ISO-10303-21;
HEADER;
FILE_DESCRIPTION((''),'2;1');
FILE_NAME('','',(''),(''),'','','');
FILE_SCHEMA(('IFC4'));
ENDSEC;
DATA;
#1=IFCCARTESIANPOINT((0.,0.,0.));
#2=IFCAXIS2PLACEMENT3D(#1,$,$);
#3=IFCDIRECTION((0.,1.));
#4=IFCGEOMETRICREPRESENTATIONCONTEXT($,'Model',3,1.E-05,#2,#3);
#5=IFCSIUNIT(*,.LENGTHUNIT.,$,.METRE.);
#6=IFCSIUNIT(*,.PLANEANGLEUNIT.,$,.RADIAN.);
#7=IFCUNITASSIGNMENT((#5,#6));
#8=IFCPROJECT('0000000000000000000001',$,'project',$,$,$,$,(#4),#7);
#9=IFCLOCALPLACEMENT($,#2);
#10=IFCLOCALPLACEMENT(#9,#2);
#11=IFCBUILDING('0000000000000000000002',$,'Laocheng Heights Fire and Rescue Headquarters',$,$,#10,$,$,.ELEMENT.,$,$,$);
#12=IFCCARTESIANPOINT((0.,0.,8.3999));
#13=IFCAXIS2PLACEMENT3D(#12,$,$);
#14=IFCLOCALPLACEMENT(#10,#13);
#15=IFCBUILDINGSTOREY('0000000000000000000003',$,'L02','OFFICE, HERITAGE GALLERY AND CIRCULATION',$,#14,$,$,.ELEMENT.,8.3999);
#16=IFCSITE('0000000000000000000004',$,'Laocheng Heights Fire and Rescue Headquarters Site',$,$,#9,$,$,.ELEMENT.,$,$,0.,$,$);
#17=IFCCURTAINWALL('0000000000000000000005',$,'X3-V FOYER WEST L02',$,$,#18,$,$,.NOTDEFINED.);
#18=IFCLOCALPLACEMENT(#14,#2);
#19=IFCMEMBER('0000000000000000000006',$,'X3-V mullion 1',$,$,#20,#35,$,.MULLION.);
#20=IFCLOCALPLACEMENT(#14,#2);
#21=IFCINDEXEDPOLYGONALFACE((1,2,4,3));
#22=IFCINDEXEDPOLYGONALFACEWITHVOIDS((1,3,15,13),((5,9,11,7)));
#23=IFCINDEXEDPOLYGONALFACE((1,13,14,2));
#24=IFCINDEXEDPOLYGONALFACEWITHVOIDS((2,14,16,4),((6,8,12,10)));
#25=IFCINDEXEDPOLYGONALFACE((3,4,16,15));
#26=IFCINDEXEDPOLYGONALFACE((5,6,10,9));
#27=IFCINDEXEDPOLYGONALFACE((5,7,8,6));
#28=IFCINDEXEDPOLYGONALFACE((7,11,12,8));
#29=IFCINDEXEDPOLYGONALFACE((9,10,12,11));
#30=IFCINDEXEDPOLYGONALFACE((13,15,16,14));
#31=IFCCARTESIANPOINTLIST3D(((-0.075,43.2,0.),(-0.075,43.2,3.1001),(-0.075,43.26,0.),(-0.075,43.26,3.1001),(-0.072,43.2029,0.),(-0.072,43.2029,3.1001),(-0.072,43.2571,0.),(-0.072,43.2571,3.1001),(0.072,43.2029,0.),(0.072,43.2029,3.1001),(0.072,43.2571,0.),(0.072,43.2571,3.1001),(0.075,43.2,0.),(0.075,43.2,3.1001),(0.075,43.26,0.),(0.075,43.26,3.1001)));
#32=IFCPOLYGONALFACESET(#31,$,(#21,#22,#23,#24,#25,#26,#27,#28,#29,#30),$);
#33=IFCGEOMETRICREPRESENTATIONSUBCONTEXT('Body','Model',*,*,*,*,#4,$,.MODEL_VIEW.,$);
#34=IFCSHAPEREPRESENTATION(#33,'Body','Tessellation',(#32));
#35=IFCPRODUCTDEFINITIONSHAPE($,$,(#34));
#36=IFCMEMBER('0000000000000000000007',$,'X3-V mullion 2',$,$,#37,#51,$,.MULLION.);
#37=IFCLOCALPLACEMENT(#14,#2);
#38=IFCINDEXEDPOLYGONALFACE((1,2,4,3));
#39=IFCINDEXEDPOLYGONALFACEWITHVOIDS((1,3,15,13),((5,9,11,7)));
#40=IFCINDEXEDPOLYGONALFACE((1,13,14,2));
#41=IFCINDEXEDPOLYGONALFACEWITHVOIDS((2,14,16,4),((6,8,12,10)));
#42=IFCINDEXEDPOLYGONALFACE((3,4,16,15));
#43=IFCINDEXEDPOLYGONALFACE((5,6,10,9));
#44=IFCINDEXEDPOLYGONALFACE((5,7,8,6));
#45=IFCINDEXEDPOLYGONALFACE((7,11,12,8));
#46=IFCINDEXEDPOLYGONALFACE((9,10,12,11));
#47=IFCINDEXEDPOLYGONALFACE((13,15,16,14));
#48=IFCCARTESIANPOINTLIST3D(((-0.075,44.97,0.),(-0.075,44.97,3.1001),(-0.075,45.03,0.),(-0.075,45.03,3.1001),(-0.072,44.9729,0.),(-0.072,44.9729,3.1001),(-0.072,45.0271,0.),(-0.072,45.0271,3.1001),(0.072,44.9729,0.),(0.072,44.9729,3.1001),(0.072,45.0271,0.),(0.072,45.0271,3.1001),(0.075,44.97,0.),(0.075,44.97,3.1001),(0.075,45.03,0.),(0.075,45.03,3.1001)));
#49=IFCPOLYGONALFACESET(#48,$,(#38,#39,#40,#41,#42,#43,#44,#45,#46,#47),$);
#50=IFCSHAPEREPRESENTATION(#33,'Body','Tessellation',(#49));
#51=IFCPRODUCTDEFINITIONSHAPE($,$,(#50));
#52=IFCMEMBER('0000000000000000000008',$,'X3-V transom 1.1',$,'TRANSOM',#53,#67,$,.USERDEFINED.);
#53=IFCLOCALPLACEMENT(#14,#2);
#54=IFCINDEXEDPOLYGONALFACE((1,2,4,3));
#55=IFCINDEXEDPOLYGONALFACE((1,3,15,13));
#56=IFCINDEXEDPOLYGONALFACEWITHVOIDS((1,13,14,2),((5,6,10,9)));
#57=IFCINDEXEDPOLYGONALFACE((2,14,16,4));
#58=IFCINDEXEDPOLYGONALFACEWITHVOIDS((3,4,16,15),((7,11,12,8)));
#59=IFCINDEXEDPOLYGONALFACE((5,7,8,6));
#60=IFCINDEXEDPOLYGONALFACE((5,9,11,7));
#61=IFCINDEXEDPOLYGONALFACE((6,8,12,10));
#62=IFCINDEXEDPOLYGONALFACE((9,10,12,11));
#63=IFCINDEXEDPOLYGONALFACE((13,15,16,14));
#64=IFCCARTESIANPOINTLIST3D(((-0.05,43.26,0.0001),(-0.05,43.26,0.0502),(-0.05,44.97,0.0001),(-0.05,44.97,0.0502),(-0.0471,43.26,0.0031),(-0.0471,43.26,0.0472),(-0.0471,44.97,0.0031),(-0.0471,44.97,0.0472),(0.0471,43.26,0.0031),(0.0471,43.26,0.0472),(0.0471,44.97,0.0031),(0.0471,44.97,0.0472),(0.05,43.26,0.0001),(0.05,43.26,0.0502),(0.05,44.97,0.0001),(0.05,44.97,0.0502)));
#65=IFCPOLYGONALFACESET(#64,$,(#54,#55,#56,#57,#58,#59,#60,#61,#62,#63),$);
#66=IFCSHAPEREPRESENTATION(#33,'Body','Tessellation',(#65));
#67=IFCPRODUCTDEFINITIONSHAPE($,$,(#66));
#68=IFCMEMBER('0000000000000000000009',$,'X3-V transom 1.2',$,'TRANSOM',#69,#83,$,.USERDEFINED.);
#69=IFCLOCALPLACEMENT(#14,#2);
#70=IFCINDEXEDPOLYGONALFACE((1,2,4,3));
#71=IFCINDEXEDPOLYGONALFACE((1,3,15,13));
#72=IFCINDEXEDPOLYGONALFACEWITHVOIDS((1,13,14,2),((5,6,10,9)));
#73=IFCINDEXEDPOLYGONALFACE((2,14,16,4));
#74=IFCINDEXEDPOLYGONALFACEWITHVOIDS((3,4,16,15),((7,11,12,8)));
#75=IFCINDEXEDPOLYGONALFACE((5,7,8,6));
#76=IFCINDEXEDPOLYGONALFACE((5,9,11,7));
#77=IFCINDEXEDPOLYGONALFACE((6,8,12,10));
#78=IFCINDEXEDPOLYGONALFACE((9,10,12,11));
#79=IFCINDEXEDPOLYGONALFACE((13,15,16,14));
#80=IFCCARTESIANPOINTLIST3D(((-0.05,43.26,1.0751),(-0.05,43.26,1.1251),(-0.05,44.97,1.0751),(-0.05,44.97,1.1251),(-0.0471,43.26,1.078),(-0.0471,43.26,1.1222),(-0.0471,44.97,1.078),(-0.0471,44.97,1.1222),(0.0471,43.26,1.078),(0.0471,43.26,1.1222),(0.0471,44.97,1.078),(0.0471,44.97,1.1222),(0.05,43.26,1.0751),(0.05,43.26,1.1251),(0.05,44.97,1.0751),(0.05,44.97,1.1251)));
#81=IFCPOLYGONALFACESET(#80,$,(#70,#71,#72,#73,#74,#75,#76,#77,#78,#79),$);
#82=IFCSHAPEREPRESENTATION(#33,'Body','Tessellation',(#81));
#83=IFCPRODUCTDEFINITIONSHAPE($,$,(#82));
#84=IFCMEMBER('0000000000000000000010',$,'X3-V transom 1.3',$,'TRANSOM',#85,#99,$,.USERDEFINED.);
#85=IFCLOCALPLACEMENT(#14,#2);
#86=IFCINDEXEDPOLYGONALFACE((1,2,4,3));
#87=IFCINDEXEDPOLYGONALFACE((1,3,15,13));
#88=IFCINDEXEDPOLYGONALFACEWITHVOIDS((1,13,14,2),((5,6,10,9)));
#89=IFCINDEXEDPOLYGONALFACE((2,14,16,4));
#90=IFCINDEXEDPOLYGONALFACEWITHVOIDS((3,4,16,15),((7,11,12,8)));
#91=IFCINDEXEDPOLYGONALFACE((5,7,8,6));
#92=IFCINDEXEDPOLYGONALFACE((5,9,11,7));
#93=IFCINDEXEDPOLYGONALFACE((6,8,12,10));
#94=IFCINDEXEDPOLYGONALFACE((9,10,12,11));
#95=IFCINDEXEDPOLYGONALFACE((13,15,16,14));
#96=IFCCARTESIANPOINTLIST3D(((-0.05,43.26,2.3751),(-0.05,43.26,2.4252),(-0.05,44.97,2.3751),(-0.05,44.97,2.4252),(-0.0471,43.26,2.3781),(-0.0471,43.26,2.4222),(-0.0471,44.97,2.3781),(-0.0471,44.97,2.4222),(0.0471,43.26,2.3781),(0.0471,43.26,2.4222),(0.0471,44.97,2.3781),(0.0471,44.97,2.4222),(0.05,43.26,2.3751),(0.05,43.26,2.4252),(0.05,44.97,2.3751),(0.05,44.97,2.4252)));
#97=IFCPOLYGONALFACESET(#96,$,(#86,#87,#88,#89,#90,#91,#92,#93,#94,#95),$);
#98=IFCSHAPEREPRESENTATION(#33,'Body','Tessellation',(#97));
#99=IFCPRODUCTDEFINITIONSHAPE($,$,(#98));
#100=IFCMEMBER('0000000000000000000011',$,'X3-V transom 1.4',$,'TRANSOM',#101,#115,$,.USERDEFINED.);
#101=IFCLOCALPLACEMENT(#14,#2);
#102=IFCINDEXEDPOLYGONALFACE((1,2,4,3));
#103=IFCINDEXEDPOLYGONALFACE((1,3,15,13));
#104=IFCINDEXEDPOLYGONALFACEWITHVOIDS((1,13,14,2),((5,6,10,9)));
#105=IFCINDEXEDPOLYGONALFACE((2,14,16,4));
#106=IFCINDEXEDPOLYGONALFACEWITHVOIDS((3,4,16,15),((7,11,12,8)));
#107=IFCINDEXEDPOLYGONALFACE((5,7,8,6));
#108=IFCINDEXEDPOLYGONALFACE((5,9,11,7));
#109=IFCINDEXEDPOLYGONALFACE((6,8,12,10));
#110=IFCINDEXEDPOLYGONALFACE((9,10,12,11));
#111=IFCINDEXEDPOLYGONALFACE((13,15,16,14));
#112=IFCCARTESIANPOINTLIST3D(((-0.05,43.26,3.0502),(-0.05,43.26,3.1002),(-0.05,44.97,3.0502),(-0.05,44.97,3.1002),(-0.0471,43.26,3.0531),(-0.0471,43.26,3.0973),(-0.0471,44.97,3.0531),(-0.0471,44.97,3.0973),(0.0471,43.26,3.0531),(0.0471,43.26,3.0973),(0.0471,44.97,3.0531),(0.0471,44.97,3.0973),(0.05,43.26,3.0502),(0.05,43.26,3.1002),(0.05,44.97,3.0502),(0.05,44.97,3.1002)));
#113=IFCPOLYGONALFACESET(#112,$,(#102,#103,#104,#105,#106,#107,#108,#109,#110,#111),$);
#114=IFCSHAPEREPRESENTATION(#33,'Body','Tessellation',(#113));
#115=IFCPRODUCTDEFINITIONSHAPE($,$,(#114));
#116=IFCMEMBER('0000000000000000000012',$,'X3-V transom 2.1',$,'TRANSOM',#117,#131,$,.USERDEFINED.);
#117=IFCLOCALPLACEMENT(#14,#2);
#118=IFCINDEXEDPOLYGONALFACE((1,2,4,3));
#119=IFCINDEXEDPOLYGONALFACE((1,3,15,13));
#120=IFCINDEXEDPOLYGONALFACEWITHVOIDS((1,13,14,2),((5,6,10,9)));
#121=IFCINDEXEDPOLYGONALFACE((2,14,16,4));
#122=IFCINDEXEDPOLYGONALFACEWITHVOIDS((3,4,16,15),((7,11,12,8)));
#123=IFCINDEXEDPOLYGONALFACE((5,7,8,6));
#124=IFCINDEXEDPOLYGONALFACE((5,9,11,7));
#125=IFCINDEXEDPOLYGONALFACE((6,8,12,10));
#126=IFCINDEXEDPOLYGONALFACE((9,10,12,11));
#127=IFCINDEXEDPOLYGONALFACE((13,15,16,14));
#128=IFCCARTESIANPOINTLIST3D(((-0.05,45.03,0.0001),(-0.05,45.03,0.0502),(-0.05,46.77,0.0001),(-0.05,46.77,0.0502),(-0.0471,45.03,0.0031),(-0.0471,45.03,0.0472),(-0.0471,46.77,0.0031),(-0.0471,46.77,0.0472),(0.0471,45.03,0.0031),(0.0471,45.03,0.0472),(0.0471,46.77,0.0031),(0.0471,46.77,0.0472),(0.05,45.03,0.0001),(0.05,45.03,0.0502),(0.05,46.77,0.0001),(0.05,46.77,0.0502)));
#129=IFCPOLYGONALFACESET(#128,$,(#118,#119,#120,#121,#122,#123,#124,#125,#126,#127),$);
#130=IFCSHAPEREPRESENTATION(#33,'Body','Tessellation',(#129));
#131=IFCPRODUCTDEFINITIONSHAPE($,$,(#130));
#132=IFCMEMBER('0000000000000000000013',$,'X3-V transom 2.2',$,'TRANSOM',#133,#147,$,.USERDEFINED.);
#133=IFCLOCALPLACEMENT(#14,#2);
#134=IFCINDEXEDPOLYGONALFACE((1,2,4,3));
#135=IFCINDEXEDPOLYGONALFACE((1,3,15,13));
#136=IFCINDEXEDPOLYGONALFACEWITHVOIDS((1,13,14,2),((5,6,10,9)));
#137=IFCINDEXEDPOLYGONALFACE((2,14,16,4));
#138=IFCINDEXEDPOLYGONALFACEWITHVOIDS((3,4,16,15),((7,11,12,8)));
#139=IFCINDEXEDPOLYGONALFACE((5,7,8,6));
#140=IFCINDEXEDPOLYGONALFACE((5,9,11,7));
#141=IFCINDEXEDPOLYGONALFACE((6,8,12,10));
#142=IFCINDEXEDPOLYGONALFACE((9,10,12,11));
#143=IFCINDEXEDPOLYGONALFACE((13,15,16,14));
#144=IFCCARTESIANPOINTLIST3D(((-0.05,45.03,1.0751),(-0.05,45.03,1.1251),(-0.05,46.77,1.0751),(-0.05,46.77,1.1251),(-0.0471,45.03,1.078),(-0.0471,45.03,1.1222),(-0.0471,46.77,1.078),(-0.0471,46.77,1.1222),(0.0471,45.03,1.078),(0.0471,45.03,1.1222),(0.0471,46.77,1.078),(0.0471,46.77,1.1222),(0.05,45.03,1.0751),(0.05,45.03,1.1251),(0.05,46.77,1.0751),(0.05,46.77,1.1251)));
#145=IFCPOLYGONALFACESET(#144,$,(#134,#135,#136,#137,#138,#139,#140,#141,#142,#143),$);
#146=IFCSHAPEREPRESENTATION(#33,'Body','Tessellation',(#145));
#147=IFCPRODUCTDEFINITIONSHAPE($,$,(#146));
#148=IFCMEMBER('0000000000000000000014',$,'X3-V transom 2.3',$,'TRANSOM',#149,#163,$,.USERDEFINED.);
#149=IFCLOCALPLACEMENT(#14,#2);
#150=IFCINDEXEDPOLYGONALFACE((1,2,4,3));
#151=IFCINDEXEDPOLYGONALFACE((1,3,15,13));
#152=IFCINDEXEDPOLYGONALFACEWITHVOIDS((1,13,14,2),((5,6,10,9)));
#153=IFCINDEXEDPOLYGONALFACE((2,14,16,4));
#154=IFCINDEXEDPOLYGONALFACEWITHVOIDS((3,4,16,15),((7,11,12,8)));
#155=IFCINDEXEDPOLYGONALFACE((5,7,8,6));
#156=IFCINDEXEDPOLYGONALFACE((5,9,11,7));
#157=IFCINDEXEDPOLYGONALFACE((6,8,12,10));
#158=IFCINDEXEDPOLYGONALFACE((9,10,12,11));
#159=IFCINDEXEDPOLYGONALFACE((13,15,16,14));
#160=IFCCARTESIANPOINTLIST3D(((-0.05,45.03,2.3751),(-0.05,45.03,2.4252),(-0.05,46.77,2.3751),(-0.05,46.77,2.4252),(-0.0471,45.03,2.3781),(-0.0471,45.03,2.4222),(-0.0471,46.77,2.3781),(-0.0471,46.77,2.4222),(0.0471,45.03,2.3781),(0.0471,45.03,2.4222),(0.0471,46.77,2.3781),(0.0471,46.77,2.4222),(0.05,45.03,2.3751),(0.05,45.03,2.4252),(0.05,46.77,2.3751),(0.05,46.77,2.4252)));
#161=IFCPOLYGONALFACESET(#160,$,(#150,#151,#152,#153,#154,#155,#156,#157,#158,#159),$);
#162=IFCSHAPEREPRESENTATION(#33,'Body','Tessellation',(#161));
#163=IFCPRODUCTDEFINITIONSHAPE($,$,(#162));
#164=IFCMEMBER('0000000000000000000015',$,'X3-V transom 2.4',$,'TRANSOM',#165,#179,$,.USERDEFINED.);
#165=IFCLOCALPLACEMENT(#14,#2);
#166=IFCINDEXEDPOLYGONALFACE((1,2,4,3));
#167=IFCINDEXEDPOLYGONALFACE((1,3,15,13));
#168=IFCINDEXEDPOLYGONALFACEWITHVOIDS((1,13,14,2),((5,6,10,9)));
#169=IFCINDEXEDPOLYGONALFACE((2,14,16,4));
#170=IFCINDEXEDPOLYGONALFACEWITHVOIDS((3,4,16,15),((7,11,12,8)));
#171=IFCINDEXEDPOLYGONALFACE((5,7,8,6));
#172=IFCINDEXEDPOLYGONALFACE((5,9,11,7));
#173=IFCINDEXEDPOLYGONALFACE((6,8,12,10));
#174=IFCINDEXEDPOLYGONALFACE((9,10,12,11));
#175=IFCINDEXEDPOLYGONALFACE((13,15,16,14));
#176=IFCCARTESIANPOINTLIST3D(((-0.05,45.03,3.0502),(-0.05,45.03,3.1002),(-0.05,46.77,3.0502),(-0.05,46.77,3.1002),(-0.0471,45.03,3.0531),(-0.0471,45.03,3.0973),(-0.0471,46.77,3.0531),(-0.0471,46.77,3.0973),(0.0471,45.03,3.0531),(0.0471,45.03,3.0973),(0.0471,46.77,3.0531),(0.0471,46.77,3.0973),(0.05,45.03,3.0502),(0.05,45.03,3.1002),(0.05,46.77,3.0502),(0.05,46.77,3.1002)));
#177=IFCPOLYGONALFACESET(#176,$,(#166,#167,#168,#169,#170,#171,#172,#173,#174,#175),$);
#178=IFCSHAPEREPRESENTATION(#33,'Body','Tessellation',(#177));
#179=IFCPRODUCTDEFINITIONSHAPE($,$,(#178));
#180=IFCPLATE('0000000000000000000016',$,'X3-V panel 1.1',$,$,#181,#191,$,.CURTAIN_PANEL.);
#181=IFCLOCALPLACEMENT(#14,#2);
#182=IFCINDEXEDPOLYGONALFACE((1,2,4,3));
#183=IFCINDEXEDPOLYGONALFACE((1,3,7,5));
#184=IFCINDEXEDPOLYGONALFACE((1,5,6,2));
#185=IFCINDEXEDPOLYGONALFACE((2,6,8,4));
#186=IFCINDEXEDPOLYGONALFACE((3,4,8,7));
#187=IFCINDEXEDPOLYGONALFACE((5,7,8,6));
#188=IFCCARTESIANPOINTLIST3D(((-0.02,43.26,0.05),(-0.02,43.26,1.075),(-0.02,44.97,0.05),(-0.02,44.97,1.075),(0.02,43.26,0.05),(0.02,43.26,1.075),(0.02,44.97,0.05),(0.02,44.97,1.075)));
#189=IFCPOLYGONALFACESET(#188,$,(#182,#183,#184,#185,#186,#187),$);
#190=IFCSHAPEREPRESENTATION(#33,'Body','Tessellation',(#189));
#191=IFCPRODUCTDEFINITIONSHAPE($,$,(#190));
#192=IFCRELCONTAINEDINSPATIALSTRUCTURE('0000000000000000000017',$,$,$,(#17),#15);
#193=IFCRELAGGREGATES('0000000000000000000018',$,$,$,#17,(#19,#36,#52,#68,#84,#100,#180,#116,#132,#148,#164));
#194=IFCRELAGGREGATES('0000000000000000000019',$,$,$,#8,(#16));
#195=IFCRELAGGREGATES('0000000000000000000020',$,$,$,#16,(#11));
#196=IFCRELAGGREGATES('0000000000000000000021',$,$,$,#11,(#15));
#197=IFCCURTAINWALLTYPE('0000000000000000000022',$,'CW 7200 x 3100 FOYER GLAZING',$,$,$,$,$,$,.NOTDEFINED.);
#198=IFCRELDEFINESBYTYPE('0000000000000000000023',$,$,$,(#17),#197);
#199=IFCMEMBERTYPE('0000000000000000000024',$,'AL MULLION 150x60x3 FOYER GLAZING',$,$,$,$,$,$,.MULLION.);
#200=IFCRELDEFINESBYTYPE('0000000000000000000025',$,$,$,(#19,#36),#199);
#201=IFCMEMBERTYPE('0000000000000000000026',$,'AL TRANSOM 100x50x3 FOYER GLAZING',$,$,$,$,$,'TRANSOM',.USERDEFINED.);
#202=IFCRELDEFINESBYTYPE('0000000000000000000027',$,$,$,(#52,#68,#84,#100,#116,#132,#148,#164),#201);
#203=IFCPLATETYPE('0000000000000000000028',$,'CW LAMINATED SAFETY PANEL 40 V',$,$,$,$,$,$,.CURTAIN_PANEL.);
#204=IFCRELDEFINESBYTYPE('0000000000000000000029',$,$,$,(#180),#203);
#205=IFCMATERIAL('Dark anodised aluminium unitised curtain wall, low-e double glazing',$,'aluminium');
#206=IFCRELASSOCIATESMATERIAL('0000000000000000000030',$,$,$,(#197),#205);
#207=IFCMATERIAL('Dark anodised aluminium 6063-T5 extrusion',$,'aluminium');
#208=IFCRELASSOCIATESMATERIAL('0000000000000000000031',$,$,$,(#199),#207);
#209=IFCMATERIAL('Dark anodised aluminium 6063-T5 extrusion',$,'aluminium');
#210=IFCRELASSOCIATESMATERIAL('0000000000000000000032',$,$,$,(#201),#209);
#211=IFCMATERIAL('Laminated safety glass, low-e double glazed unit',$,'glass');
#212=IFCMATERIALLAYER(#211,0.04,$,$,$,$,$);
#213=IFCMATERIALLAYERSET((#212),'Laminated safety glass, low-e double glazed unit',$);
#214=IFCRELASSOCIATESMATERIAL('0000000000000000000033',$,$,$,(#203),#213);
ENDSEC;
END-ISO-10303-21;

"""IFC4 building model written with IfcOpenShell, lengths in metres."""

from ifc_helpers import new_model, si_unit, direction, frame, origin, origin_2d, place, context, subcontext, project, spatial, rectangle, hollow_rectangle, extrude, material, layer, layer_set, material_profile, profile_set, type_object, element, aggregate, save


model = new_model("IFC4")

# Units and contexts
model_context = context("Model", 3, precision=1e-05, world=origin(), true_north=direction((0.0, 1.0)))
body_context = subcontext(model_context, "Body", "Model", "MODEL_VIEW")
ifc_project = project(units=[si_unit("LENGTHUNIT", "METRE"), si_unit("PLANEANGLEUNIT", "RADIAN")], contexts=[model_context])

# Site, building, storey
site_placement = place(None, origin())
site = spatial("IfcSite", under=ifc_project, at=site_placement, Name="Laocheng Heights Fire and Rescue Headquarters Site", CompositionType="ELEMENT", RefElevation=0.0)
building_placement = place(site_placement, origin())
building = spatial("IfcBuilding", under=site, at=building_placement, Name="Laocheng Heights Fire and Rescue Headquarters", CompositionType="ELEMENT")
storey_placement = place(building_placement, frame((0.0, 0.0, 8.3999)))
storey = spatial("IfcBuildingStorey", under=building, at=storey_placement, Name="L02", Description="OFFICE, HERITAGE GALLERY AND CIRCULATION", CompositionType="ELEMENT", Elevation=8.3999)

# Curtain wall, members, plate
ifc_material_1 = material(Name="Dark anodised aluminium unitised curtain wall, low-e double glazing", Category="aluminium")
curtain_wall_type = type_object("IfcCurtainWallType", Name="CW 7200 x 3100 FOYER GLAZING", PredefinedType="NOTDEFINED", material=ifc_material_1)
curtain_wall_placement = place(storey_placement, origin())
curtain_wall = element("IfcCurtainWall", 1, at=curtain_wall_placement, inside=storey, type_object=curtain_wall_type, Name="X3-V FOYER WEST L02", PredefinedType="NOTDEFINED")
ifc_material_2 = material(Name="Dark anodised aluminium 6063-T5 extrusion", Category="aluminium")
ifc_material_profile_1 = material_profile(ifc_material_2, hollow_rectangle(XDim=0.1499, YDim=0.0601, WallThickness=0.0029, at=origin_2d()), Name="AL MULLION 150x60x3 FOYER GLAZING")
ifc_profile_set_1 = profile_set([ifc_material_profile_1], Name="Dark anodised aluminium 6063-T5 extrusion")
member_type_1 = type_object("IfcMemberType", Name="AL MULLION 150x60x3 FOYER GLAZING", PredefinedType="MULLION", material=ifc_profile_set_1)
member_1_placement = place(storey_placement, frame((0.0, 43.23, 0.0), z_axis=(0.0, 0.0, 1.0), x_axis=(-1.0, 0.0, 0.0)))
member_1 = element("IfcMember", 2, at=member_1_placement, type_object=member_type_1, Name="X3-V mullion 1", PredefinedType="MULLION", context=body_context, shape_type="SweptSolid", body=[
    extrude(hollow_rectangle(XDim=0.1499, YDim=0.0601, WallThickness=0.0029, at=origin_2d()), origin(), (0.0, 0.0, 1.0), 3.1001),
])
member_2_placement = place(storey_placement, frame((0.0, 45.0, 0.0), z_axis=(0.0, 0.0, 1.0), x_axis=(-1.0, 0.0, 0.0)))
member_2 = element("IfcMember", 3, at=member_2_placement, type_object=member_type_1, Name="X3-V mullion 2", PredefinedType="MULLION", context=body_context, shape_type="SweptSolid", body=[
    extrude(hollow_rectangle(XDim=0.1499, YDim=0.0601, WallThickness=0.0029, at=origin_2d()), origin(), (0.0, 0.0, 1.0), 3.1001),
])
ifc_material_3 = material(Name="Dark anodised aluminium 6063-T5 extrusion", Category="aluminium")
ifc_material_profile_2 = material_profile(ifc_material_3, hollow_rectangle(XDim=0.1001, YDim=0.05, WallThickness=0.0029, at=origin_2d()), Name="AL TRANSOM 100x50x3 FOYER GLAZING")
ifc_profile_set_2 = profile_set([ifc_material_profile_2], Name="Dark anodised aluminium 6063-T5 extrusion")
member_type_2 = type_object("IfcMemberType", Name="AL TRANSOM 100x50x3 FOYER GLAZING", ElementType="TRANSOM", PredefinedType="USERDEFINED", material=ifc_profile_set_2)
member_3_placement = place(storey_placement, frame((0.0, 43.26, 0.0251), z_axis=(0.0, 1.0, 0.0), x_axis=(-1.0, 0.0, 0.0)))
member_3 = element("IfcMember", 4, at=member_3_placement, type_object=member_type_2, Name="X3-V transom 1.1", ObjectType="TRANSOM", PredefinedType="USERDEFINED", context=body_context, shape_type="SweptSolid", body=[
    extrude(hollow_rectangle(XDim=0.1001, YDim=0.05, WallThickness=0.0029, at=origin_2d()), origin(), (0.0, 0.0, 1.0), 1.71),
])
member_4_placement = place(storey_placement, frame((0.0, 43.26, 1.1001), z_axis=(0.0, 1.0, 0.0), x_axis=(-1.0, 0.0, 0.0)))
member_4 = element("IfcMember", 5, at=member_4_placement, type_object=member_type_2, Name="X3-V transom 1.2", ObjectType="TRANSOM", PredefinedType="USERDEFINED", context=body_context, shape_type="SweptSolid", body=[
    extrude(hollow_rectangle(XDim=0.1001, YDim=0.05, WallThickness=0.0029, at=origin_2d()), origin(), (0.0, 0.0, 1.0), 1.71),
])
member_5_placement = place(storey_placement, frame((0.0, 43.26, 2.4001), z_axis=(0.0, 1.0, 0.0), x_axis=(-1.0, 0.0, 0.0)))
member_5 = element("IfcMember", 6, at=member_5_placement, type_object=member_type_2, Name="X3-V transom 1.3", ObjectType="TRANSOM", PredefinedType="USERDEFINED", context=body_context, shape_type="SweptSolid", body=[
    extrude(hollow_rectangle(XDim=0.1001, YDim=0.05, WallThickness=0.0029, at=origin_2d()), origin(), (0.0, 0.0, 1.0), 1.71),
])
member_6_placement = place(storey_placement, frame((0.0, 43.26, 3.0752), z_axis=(0.0, 1.0, 0.0), x_axis=(-1.0, 0.0, 0.0)))
member_6 = element("IfcMember", 7, at=member_6_placement, type_object=member_type_2, Name="X3-V transom 1.4", ObjectType="TRANSOM", PredefinedType="USERDEFINED", context=body_context, shape_type="SweptSolid", body=[
    extrude(hollow_rectangle(XDim=0.1001, YDim=0.05, WallThickness=0.0029, at=origin_2d()), origin(), (0.0, 0.0, 1.0), 1.71),
])
member_7_placement = place(storey_placement, frame((0.0, 45.03, 0.0251), z_axis=(0.0, 1.0, 0.0), x_axis=(-1.0, 0.0, 0.0)))
member_7 = element("IfcMember", 8, at=member_7_placement, type_object=member_type_2, Name="X3-V transom 2.1", ObjectType="TRANSOM", PredefinedType="USERDEFINED", context=body_context, shape_type="SweptSolid", body=[
    extrude(hollow_rectangle(XDim=0.1001, YDim=0.05, WallThickness=0.0029, at=origin_2d()), origin(), (0.0, 0.0, 1.0), 1.74),
])
member_8_placement = place(storey_placement, frame((0.0, 45.03, 1.1001), z_axis=(0.0, 1.0, 0.0), x_axis=(-1.0, 0.0, 0.0)))
member_8 = element("IfcMember", 9, at=member_8_placement, type_object=member_type_2, Name="X3-V transom 2.2", ObjectType="TRANSOM", PredefinedType="USERDEFINED", context=body_context, shape_type="SweptSolid", body=[
    extrude(hollow_rectangle(XDim=0.1001, YDim=0.05, WallThickness=0.0029, at=origin_2d()), origin(), (0.0, 0.0, 1.0), 1.74),
])
member_9_placement = place(storey_placement, frame((0.0, 45.03, 2.4001), z_axis=(0.0, 1.0, 0.0), x_axis=(-1.0, 0.0, 0.0)))
member_9 = element("IfcMember", 10, at=member_9_placement, type_object=member_type_2, Name="X3-V transom 2.3", ObjectType="TRANSOM", PredefinedType="USERDEFINED", context=body_context, shape_type="SweptSolid", body=[
    extrude(hollow_rectangle(XDim=0.1001, YDim=0.05, WallThickness=0.0029, at=origin_2d()), origin(), (0.0, 0.0, 1.0), 1.74),
])
member_10_placement = place(storey_placement, frame((0.0, 45.03, 3.0752), z_axis=(0.0, 1.0, 0.0), x_axis=(-1.0, 0.0, 0.0)))
member_10 = element("IfcMember", 11, at=member_10_placement, type_object=member_type_2, Name="X3-V transom 2.4", ObjectType="TRANSOM", PredefinedType="USERDEFINED", context=body_context, shape_type="SweptSolid", body=[
    extrude(hollow_rectangle(XDim=0.1001, YDim=0.05, WallThickness=0.0029, at=origin_2d()), origin(), (0.0, 0.0, 1.0), 1.74),
])
ifc_material_4 = material(Name="Laminated safety glass, low-e double glazed unit", Category="glass")
ifc_layer_1 = layer(ifc_material_4, 0.04)
ifc_layer_set_1 = layer_set([ifc_layer_1], Name="Laminated safety glass, low-e double glazed unit")
plate_type_1 = type_object("IfcPlateType", Name="CW LAMINATED SAFETY PANEL 40 V", PredefinedType="CURTAIN_PANEL", material=ifc_layer_set_1)
plate_1_placement = place(storey_placement, frame((0.0, 44.115, 0.05), z_axis=(0.0, 0.0, 1.0), x_axis=(0.0, 1.0, 0.0)))
plate_1 = element("IfcPlate", 12, at=plate_1_placement, type_object=plate_type_1, Name="X3-V panel 1.1", PredefinedType="CURTAIN_PANEL", context=body_context, shape_type="SweptSolid", body=[
    extrude(rectangle(XDim=1.71, YDim=0.04, at=origin_2d()), origin(), (0.0, 0.0, 1.0), 1.0249),
])
aggregate(curtain_wall, [member_1, member_2, member_3, member_4, member_5, member_6, plate_1, member_7, member_8, member_9, member_10])

save(model, "model.ifc")
